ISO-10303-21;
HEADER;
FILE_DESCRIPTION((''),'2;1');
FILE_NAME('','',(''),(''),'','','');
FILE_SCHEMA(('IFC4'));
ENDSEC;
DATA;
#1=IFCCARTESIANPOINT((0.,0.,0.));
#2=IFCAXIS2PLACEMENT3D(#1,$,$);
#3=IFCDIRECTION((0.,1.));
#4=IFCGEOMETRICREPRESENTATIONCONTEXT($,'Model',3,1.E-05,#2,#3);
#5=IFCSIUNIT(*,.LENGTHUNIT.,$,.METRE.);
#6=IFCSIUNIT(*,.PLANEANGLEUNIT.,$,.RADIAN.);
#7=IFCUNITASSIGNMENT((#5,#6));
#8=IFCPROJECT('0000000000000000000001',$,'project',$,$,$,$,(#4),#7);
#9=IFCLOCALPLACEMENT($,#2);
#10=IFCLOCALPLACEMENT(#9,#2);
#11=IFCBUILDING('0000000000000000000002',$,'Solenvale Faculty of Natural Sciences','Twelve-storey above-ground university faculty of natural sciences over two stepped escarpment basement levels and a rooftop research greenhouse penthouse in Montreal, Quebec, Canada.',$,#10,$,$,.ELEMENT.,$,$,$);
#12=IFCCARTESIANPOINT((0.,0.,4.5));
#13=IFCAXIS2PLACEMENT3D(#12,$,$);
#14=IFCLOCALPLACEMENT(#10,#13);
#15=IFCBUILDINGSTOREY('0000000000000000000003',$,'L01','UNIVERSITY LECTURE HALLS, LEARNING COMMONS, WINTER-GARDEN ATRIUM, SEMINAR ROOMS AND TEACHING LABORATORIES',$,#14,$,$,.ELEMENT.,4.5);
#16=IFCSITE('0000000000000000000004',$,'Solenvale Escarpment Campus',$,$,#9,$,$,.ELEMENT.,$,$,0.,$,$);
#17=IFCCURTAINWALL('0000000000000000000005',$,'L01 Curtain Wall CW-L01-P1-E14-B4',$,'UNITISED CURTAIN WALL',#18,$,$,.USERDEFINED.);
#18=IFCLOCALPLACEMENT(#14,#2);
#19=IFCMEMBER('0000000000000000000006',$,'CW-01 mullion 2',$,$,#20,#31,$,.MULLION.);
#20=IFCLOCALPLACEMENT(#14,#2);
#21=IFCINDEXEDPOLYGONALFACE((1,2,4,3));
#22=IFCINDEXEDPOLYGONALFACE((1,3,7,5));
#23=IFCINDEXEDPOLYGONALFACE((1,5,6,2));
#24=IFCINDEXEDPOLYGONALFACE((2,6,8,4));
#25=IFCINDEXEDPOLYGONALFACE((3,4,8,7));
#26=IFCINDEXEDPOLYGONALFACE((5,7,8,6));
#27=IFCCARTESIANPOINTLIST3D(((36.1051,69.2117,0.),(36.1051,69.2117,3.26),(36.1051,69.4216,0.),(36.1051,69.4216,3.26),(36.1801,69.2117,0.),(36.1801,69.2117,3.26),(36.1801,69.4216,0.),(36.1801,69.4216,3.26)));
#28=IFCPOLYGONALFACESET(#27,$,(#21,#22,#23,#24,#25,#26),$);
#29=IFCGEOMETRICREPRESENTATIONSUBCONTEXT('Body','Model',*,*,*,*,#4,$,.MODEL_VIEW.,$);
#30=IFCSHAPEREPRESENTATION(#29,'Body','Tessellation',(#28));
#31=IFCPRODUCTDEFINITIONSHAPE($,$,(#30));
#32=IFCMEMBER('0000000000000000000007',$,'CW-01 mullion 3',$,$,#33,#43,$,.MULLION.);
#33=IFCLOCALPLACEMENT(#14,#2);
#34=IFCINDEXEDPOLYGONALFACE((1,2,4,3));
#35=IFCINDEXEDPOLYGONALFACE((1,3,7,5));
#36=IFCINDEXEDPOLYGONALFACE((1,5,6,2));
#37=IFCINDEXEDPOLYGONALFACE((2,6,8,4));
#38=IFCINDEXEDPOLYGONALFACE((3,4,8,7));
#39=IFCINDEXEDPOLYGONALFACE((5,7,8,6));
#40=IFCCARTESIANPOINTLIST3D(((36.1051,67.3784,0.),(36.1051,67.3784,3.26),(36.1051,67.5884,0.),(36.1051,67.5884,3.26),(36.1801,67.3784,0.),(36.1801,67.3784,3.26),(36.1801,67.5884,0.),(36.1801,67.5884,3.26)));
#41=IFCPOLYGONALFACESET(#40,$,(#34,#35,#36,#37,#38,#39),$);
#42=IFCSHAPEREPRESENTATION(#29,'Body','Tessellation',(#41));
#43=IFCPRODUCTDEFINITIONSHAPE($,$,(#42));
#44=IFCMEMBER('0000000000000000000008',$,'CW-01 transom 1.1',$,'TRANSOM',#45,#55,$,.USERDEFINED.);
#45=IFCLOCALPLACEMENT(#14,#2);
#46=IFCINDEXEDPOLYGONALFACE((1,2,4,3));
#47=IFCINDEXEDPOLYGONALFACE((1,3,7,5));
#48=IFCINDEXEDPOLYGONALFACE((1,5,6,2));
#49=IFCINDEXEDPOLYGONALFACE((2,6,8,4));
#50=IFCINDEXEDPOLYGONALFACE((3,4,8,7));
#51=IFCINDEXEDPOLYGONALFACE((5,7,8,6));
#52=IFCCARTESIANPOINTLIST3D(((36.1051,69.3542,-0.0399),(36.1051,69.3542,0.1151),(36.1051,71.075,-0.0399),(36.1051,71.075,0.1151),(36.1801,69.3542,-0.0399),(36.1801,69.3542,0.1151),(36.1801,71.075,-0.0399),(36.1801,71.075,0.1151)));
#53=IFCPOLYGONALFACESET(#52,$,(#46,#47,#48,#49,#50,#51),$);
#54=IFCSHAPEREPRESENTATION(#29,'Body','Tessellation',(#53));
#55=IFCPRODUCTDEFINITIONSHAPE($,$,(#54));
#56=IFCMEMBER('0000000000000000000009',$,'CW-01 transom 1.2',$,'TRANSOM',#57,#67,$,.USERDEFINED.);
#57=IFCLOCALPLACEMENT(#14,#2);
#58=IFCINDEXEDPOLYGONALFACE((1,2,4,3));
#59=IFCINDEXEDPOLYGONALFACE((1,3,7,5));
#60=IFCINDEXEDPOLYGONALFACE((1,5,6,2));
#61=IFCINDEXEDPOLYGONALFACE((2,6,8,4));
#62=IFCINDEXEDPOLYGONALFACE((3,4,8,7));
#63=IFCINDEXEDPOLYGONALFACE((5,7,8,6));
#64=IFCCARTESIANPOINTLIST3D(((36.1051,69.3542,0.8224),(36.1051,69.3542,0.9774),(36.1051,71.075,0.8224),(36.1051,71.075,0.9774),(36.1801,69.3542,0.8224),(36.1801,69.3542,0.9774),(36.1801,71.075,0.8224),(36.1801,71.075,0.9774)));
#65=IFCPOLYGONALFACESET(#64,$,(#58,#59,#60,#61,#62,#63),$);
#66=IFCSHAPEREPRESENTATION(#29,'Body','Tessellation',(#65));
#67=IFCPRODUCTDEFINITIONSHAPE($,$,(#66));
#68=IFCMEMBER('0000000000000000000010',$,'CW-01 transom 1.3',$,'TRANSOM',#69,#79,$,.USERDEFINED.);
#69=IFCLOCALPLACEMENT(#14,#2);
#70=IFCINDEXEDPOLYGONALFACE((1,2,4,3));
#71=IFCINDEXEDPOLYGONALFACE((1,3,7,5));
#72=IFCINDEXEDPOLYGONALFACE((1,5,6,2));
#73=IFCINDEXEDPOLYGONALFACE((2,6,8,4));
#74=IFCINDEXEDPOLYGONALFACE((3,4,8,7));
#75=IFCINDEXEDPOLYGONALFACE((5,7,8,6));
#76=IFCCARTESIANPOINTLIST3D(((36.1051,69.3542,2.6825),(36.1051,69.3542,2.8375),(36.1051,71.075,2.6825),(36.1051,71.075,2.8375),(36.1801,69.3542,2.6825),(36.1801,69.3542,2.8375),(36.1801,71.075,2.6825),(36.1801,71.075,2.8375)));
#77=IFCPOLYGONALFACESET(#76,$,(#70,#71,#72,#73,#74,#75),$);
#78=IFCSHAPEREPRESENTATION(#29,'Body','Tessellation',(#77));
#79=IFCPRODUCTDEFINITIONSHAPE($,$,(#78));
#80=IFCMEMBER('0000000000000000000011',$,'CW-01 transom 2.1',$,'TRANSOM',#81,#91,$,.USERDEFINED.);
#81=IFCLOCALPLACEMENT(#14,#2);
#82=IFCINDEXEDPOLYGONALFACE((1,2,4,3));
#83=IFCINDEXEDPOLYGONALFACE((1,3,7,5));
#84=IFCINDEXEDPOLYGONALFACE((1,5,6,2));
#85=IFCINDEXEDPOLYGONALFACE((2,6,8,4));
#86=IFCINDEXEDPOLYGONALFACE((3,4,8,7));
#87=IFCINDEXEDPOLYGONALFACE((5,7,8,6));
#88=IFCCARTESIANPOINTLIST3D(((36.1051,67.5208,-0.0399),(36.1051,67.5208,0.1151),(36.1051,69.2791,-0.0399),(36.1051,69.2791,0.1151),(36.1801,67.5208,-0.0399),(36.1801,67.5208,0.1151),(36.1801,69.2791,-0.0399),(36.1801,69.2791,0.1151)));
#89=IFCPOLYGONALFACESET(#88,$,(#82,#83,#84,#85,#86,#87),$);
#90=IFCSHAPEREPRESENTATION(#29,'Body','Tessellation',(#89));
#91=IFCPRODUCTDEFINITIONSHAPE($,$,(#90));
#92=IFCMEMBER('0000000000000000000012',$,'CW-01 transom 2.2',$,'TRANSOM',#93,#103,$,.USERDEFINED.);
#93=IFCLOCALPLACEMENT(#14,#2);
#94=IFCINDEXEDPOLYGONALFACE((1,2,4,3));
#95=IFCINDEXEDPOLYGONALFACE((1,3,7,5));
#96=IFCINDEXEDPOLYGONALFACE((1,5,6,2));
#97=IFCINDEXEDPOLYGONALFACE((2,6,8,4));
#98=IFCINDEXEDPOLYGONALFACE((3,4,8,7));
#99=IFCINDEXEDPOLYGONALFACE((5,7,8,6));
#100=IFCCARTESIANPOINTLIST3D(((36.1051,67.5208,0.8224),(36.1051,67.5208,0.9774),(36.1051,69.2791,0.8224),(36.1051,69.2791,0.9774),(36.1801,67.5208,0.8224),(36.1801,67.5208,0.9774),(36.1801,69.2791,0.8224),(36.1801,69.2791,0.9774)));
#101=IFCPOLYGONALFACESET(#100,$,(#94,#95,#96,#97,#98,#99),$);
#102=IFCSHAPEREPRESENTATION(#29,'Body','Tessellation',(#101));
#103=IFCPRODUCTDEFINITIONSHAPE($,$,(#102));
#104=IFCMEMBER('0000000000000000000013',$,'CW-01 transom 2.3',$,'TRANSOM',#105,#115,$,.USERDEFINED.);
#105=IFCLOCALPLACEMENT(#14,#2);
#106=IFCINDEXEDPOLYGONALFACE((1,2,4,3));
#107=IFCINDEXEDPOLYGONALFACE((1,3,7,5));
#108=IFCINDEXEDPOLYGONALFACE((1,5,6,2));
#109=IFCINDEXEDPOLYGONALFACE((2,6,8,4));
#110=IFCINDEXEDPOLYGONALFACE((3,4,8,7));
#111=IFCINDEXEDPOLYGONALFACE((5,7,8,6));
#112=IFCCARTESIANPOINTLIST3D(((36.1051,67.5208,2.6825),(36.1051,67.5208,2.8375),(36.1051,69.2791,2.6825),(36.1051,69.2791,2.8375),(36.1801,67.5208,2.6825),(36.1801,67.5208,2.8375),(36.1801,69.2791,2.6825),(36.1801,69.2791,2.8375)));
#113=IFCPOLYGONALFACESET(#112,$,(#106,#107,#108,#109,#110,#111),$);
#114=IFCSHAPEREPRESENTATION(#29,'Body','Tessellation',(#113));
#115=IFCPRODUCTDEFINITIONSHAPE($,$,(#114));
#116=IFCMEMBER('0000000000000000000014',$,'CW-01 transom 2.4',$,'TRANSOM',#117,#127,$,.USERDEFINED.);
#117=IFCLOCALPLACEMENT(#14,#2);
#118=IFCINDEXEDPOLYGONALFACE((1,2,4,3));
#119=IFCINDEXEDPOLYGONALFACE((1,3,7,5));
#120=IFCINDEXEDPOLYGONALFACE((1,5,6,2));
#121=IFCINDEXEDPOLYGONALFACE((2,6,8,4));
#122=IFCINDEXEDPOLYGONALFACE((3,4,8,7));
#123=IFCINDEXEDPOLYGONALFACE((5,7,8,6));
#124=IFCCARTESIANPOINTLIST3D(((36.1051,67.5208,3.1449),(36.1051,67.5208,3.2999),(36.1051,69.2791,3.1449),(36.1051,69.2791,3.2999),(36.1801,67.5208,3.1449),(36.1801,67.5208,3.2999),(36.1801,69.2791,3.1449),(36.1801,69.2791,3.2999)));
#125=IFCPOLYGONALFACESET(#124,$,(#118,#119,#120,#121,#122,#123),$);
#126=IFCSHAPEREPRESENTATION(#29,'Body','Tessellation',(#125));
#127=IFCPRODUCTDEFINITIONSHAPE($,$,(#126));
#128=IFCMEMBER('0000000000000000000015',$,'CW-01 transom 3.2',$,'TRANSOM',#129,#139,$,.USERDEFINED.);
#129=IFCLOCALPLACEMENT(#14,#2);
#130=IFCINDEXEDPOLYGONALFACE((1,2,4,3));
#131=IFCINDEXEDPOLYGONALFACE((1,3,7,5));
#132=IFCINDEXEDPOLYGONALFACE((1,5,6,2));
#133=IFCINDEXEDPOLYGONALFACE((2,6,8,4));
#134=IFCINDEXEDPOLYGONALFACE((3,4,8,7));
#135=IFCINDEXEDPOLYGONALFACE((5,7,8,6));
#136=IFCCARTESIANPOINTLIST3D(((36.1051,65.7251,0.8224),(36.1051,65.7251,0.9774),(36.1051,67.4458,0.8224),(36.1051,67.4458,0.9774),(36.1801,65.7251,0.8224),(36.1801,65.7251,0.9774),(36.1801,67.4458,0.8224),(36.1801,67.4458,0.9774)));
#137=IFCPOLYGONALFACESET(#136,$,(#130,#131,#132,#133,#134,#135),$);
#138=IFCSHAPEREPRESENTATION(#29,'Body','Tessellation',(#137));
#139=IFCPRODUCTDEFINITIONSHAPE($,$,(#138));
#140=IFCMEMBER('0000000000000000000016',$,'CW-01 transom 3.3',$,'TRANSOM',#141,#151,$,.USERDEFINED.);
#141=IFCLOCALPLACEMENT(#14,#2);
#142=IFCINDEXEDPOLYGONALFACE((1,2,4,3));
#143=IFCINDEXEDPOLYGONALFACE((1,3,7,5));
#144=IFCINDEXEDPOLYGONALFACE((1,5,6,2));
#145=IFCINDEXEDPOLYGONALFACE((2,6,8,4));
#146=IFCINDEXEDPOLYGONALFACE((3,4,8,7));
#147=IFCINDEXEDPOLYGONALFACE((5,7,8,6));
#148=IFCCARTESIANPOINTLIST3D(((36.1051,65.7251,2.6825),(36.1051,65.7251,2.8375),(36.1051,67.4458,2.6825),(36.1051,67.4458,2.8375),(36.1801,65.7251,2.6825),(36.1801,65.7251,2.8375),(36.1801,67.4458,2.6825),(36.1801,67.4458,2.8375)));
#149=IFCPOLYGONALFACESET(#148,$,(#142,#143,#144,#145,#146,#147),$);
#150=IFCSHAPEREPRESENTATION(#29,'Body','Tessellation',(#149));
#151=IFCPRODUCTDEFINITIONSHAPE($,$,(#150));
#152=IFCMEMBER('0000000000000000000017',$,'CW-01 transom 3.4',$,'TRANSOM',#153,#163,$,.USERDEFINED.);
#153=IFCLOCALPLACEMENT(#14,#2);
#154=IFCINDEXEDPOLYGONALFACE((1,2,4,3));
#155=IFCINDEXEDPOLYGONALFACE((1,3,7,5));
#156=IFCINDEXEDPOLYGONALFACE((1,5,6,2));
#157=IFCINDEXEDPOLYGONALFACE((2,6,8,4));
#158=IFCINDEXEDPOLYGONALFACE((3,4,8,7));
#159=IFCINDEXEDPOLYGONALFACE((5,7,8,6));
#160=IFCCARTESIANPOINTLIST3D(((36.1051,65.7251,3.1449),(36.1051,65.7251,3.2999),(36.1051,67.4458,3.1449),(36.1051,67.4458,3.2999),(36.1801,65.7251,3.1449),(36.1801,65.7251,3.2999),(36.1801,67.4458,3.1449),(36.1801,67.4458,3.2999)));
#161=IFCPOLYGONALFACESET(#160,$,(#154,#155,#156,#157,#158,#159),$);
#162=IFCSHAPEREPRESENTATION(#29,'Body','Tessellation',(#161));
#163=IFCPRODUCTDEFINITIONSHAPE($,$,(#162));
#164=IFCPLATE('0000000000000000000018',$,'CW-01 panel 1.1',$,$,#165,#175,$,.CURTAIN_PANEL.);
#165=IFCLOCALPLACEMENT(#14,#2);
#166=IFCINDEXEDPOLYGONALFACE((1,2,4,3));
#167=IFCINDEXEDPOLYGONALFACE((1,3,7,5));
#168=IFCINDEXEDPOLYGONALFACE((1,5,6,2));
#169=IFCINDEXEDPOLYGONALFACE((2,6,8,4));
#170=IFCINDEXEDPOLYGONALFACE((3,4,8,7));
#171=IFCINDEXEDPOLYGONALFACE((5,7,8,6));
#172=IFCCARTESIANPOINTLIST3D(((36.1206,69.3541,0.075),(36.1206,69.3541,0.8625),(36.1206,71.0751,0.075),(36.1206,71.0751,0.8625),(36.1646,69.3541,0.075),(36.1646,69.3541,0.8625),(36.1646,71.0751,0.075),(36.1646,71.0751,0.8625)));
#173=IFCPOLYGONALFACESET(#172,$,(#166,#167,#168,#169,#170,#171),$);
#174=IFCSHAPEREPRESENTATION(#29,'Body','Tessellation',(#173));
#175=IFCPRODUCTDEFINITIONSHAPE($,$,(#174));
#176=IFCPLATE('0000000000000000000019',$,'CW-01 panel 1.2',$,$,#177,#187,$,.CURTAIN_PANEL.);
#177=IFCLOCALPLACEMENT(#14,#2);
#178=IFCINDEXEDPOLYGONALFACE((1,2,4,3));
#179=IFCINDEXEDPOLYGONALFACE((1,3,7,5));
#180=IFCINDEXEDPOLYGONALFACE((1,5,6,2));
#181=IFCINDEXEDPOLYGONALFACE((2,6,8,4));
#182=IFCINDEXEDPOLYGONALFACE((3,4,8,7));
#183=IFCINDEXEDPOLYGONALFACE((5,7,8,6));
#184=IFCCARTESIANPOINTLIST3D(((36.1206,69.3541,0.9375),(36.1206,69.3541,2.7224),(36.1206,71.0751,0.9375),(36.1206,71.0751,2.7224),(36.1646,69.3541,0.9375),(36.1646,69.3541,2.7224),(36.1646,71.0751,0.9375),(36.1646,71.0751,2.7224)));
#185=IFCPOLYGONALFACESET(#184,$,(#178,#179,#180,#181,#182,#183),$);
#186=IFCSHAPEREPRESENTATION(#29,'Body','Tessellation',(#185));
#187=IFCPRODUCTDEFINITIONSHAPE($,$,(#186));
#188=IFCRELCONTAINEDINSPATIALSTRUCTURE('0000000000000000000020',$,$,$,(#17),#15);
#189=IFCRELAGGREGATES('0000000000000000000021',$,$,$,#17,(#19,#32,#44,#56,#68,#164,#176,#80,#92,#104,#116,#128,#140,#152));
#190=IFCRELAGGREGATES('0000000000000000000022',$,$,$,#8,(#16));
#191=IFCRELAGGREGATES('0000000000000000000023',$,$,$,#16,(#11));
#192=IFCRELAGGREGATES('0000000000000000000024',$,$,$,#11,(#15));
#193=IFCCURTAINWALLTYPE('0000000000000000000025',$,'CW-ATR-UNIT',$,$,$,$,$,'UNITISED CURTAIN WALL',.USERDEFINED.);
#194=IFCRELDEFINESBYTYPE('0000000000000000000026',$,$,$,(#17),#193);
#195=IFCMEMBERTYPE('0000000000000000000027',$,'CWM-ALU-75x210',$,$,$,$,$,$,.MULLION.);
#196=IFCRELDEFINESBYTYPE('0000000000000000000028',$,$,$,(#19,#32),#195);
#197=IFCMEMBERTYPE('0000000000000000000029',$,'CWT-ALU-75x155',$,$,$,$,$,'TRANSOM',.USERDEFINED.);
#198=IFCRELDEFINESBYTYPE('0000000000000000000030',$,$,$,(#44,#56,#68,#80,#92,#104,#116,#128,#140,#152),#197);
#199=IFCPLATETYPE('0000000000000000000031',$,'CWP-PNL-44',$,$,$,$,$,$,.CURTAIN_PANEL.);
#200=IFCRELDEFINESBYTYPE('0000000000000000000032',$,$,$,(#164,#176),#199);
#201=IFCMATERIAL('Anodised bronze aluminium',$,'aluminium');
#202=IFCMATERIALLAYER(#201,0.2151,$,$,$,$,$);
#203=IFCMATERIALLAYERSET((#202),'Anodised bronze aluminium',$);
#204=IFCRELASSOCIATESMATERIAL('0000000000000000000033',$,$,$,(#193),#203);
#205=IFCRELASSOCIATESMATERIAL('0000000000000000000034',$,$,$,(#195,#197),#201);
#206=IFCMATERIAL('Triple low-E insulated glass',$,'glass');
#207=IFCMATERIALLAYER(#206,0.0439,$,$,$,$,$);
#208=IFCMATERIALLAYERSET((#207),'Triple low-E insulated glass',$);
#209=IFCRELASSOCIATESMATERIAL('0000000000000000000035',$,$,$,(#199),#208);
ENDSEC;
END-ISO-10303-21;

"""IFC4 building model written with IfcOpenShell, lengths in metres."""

from ifc_helpers import new_model, si_unit, direction, frame, origin, origin_2d, place, context, subcontext, project, spatial, rectangle, extrude, material, layer, layer_set, material_profile, profile_set, type_object, element, aggregate, save


model = new_model("IFC4")

# Units and contexts
model_context = context("Model", 3, precision=1e-05, world=origin(), true_north=direction((0.0, 1.0)))
body_context = subcontext(model_context, "Body", "Model", "MODEL_VIEW")
ifc_project = project(units=[si_unit("LENGTHUNIT", "METRE"), si_unit("PLANEANGLEUNIT", "RADIAN")], contexts=[model_context])

# Site, building, storey
site_placement = place(None, origin())
site = spatial("IfcSite", under=ifc_project, at=site_placement, Name="Solenvale Escarpment Campus", CompositionType="ELEMENT", RefElevation=0.0)
building_placement = place(site_placement, origin())
building = spatial("IfcBuilding", under=site, at=building_placement, Name="Solenvale Faculty of Natural Sciences", Description="Twelve-storey above-ground university faculty of natural sciences over two stepped escarpment basement levels and a rooftop research greenhouse penthouse in Montreal, Quebec, Canada.", CompositionType="ELEMENT")
storey_placement = place(building_placement, frame((0.0, 0.0, 4.5)))
storey = spatial("IfcBuildingStorey", under=building, at=storey_placement, Name="L01", Description="UNIVERSITY LECTURE HALLS, LEARNING COMMONS, WINTER-GARDEN ATRIUM, SEMINAR ROOMS AND TEACHING LABORATORIES", CompositionType="ELEMENT", Elevation=4.5)

# Curtain wall, members, plates
ifc_material_1 = material(Name="Anodised bronze aluminium", Category="aluminium")
ifc_layer_1 = layer(ifc_material_1, 0.2151)
ifc_layer_set_1 = layer_set([ifc_layer_1], Name="Anodised bronze aluminium")
curtain_wall_type = type_object("IfcCurtainWallType", Name="CW-ATR-UNIT", ElementType="UNITISED CURTAIN WALL", PredefinedType="USERDEFINED", material=ifc_layer_set_1)
curtain_wall_placement = place(storey_placement, origin())
curtain_wall = element("IfcCurtainWall", 1, at=curtain_wall_placement, inside=storey, type_object=curtain_wall_type, Name="L01 Curtain Wall CW-L01-P1-E14-B4", ObjectType="UNITISED CURTAIN WALL", PredefinedType="USERDEFINED")
ifc_material_profile_1 = material_profile(ifc_material_1, rectangle(XDim=0.075, YDim=0.21, at=origin_2d()), Name="ALU-MUL-75x210")
ifc_profile_set_1 = profile_set([ifc_material_profile_1], Name="Anodised bronze aluminium")
member_type_1 = type_object("IfcMemberType", Name="CWM-ALU-75x210", PredefinedType="MULLION", material=ifc_profile_set_1)
member_1_placement = place(storey_placement, frame((36.1426, 69.3167, 0.0), z_axis=(0.0, 0.0, 1.0), x_axis=(1.0, 0.0, 0.0)))
member_1 = element("IfcMember", 2, at=member_1_placement, type_object=member_type_1, Name="CW-01 mullion 2", PredefinedType="MULLION", context=body_context, shape_type="SweptSolid", body=[
    extrude(rectangle(XDim=0.075, YDim=0.21, at=origin_2d()), origin(), (0.0, 0.0, 1.0), 3.26),
])
member_2_placement = place(storey_placement, frame((36.1426, 67.4834, 0.0), z_axis=(0.0, 0.0, 1.0), x_axis=(1.0, 0.0, 0.0)))
member_2 = element("IfcMember", 3, at=member_2_placement, type_object=member_type_1, Name="CW-01 mullion 3", PredefinedType="MULLION", context=body_context, shape_type="SweptSolid", body=[
    extrude(rectangle(XDim=0.075, YDim=0.21, at=origin_2d()), origin(), (0.0, 0.0, 1.0), 3.26),
])
ifc_material_profile_2 = material_profile(ifc_material_1, rectangle(XDim=0.075, YDim=0.155, at=origin_2d()), Name="ALU-TRN-75x155")
ifc_profile_set_2 = profile_set([ifc_material_profile_2], Name="Anodised bronze aluminium")
member_type_2 = type_object("IfcMemberType", Name="CWT-ALU-75x155", ElementType="TRANSOM", PredefinedType="USERDEFINED", material=ifc_profile_set_2)
member_3_placement = place(storey_placement, frame((36.1426, 71.075, 0.0376), z_axis=(0.0, -1.0, 0.0), x_axis=(1.0, 0.0, 0.0)))
member_3 = element("IfcMember", 4, at=member_3_placement, type_object=member_type_2, Name="CW-01 transom 1.1", ObjectType="TRANSOM", PredefinedType="USERDEFINED", context=body_context, shape_type="SweptSolid", body=[
    extrude(rectangle(XDim=0.075, YDim=0.155, at=origin_2d()), origin(), (0.0, 0.0, 1.0), 1.7207),
])
member_4_placement = place(storey_placement, frame((36.1426, 71.075, 0.8999), z_axis=(0.0, -1.0, 0.0), x_axis=(1.0, 0.0, 0.0)))
member_4 = element("IfcMember", 5, at=member_4_placement, type_object=member_type_2, Name="CW-01 transom 1.2", ObjectType="TRANSOM", PredefinedType="USERDEFINED", context=body_context, shape_type="SweptSolid", body=[
    extrude(rectangle(XDim=0.075, YDim=0.155, at=origin_2d()), origin(), (0.0, 0.0, 1.0), 1.7207),
])
member_5_placement = place(storey_placement, frame((36.1426, 71.075, 2.76), z_axis=(0.0, -1.0, 0.0), x_axis=(1.0, 0.0, 0.0)))
member_5 = element("IfcMember", 6, at=member_5_placement, type_object=member_type_2, Name="CW-01 transom 1.3", ObjectType="TRANSOM", PredefinedType="USERDEFINED", context=body_context, shape_type="SweptSolid", body=[
    extrude(rectangle(XDim=0.075, YDim=0.155, at=origin_2d()), origin(), (0.0, 0.0, 1.0), 1.7207),
])
member_6_placement = place(storey_placement, frame((36.1426, 69.2791, 0.0376), z_axis=(0.0, -1.0, 0.0), x_axis=(1.0, 0.0, 0.0)))
member_6 = element("IfcMember", 7, at=member_6_placement, type_object=member_type_2, Name="CW-01 transom 2.1", ObjectType="TRANSOM", PredefinedType="USERDEFINED", context=body_context, shape_type="SweptSolid", body=[
    extrude(rectangle(XDim=0.075, YDim=0.155, at=origin_2d()), origin(), (0.0, 0.0, 1.0), 1.7583),
])
member_7_placement = place(storey_placement, frame((36.1426, 69.2791, 0.8999), z_axis=(0.0, -1.0, 0.0), x_axis=(1.0, 0.0, 0.0)))
member_7 = element("IfcMember", 8, at=member_7_placement, type_object=member_type_2, Name="CW-01 transom 2.2", ObjectType="TRANSOM", PredefinedType="USERDEFINED", context=body_context, shape_type="SweptSolid", body=[
    extrude(rectangle(XDim=0.075, YDim=0.155, at=origin_2d()), origin(), (0.0, 0.0, 1.0), 1.7583),
])
member_8_placement = place(storey_placement, frame((36.1426, 69.2791, 2.76), z_axis=(0.0, -1.0, 0.0), x_axis=(1.0, 0.0, 0.0)))
member_8 = element("IfcMember", 9, at=member_8_placement, type_object=member_type_2, Name="CW-01 transom 2.3", ObjectType="TRANSOM", PredefinedType="USERDEFINED", context=body_context, shape_type="SweptSolid", body=[
    extrude(rectangle(XDim=0.075, YDim=0.155, at=origin_2d()), origin(), (0.0, 0.0, 1.0), 1.7583),
])
member_9_placement = place(storey_placement, frame((36.1426, 69.2791, 3.2224), z_axis=(0.0, -1.0, 0.0), x_axis=(1.0, 0.0, 0.0)))
member_9 = element("IfcMember", 10, at=member_9_placement, type_object=member_type_2, Name="CW-01 transom 2.4", ObjectType="TRANSOM", PredefinedType="USERDEFINED", context=body_context, shape_type="SweptSolid", body=[
    extrude(rectangle(XDim=0.075, YDim=0.155, at=origin_2d()), origin(), (0.0, 0.0, 1.0), 1.7583),
])
member_10_placement = place(storey_placement, frame((36.1426, 67.4458, 0.8999), z_axis=(0.0, -1.0, 0.0), x_axis=(1.0, 0.0, 0.0)))
member_10 = element("IfcMember", 11, at=member_10_placement, type_object=member_type_2, Name="CW-01 transom 3.2", ObjectType="TRANSOM", PredefinedType="USERDEFINED", context=body_context, shape_type="SweptSolid", body=[
    extrude(rectangle(XDim=0.075, YDim=0.155, at=origin_2d()), origin(), (0.0, 0.0, 1.0), 1.7207),
])
member_11_placement = place(storey_placement, frame((36.1426, 67.4458, 2.76), z_axis=(0.0, -1.0, 0.0), x_axis=(1.0, 0.0, 0.0)))
member_11 = element("IfcMember", 12, at=member_11_placement, type_object=member_type_2, Name="CW-01 transom 3.3", ObjectType="TRANSOM", PredefinedType="USERDEFINED", context=body_context, shape_type="SweptSolid", body=[
    extrude(rectangle(XDim=0.075, YDim=0.155, at=origin_2d()), origin(), (0.0, 0.0, 1.0), 1.7207),
])
member_12_placement = place(storey_placement, frame((36.1426, 67.4458, 3.2224), z_axis=(0.0, -1.0, 0.0), x_axis=(1.0, 0.0, 0.0)))
member_12 = element("IfcMember", 13, at=member_12_placement, type_object=member_type_2, Name="CW-01 transom 3.4", ObjectType="TRANSOM", PredefinedType="USERDEFINED", context=body_context, shape_type="SweptSolid", body=[
    extrude(rectangle(XDim=0.075, YDim=0.155, at=origin_2d()), origin(), (0.0, 0.0, 1.0), 1.7207),
])
ifc_material_2 = material(Name="Triple low-E insulated glass", Category="glass")
ifc_layer_2 = layer(ifc_material_2, 0.0439)
ifc_layer_set_2 = layer_set([ifc_layer_2], Name="Triple low-E insulated glass")
plate_type = type_object("IfcPlateType", Name="CWP-PNL-44", PredefinedType="CURTAIN_PANEL", material=ifc_layer_set_2)
plate_1_placement = place(storey_placement, frame((36.1426, 70.2146, 0.075), z_axis=(0.0, 0.0, 1.0), x_axis=(0.0, -1.0, 0.0)))
plate_1 = element("IfcPlate", 14, at=plate_1_placement, type_object=plate_type, Name="CW-01 panel 1.1", PredefinedType="CURTAIN_PANEL", context=body_context, shape_type="SweptSolid", body=[
    extrude(rectangle(XDim=1.7209, YDim=0.0439, at=origin_2d()), origin(), (0.0, 0.0, 1.0), 0.7876),
])
plate_2_placement = place(storey_placement, frame((36.1426, 70.2146, 0.9375), z_axis=(0.0, 0.0, 1.0), x_axis=(0.0, -1.0, 0.0)))
plate_2 = element("IfcPlate", 15, at=plate_2_placement, type_object=plate_type, Name="CW-01 panel 1.2", PredefinedType="CURTAIN_PANEL", context=body_context, shape_type="SweptSolid", body=[
    extrude(rectangle(XDim=1.7209, YDim=0.0439, at=origin_2d()), origin(), (0.0, 0.0, 1.0), 1.7849),
])
aggregate(curtain_wall, [member_1, member_2, member_3, member_4, member_5, plate_1, plate_2, member_6, member_7, member_8, member_9, member_10, member_11, member_12])

save(model, "model.ifc")
